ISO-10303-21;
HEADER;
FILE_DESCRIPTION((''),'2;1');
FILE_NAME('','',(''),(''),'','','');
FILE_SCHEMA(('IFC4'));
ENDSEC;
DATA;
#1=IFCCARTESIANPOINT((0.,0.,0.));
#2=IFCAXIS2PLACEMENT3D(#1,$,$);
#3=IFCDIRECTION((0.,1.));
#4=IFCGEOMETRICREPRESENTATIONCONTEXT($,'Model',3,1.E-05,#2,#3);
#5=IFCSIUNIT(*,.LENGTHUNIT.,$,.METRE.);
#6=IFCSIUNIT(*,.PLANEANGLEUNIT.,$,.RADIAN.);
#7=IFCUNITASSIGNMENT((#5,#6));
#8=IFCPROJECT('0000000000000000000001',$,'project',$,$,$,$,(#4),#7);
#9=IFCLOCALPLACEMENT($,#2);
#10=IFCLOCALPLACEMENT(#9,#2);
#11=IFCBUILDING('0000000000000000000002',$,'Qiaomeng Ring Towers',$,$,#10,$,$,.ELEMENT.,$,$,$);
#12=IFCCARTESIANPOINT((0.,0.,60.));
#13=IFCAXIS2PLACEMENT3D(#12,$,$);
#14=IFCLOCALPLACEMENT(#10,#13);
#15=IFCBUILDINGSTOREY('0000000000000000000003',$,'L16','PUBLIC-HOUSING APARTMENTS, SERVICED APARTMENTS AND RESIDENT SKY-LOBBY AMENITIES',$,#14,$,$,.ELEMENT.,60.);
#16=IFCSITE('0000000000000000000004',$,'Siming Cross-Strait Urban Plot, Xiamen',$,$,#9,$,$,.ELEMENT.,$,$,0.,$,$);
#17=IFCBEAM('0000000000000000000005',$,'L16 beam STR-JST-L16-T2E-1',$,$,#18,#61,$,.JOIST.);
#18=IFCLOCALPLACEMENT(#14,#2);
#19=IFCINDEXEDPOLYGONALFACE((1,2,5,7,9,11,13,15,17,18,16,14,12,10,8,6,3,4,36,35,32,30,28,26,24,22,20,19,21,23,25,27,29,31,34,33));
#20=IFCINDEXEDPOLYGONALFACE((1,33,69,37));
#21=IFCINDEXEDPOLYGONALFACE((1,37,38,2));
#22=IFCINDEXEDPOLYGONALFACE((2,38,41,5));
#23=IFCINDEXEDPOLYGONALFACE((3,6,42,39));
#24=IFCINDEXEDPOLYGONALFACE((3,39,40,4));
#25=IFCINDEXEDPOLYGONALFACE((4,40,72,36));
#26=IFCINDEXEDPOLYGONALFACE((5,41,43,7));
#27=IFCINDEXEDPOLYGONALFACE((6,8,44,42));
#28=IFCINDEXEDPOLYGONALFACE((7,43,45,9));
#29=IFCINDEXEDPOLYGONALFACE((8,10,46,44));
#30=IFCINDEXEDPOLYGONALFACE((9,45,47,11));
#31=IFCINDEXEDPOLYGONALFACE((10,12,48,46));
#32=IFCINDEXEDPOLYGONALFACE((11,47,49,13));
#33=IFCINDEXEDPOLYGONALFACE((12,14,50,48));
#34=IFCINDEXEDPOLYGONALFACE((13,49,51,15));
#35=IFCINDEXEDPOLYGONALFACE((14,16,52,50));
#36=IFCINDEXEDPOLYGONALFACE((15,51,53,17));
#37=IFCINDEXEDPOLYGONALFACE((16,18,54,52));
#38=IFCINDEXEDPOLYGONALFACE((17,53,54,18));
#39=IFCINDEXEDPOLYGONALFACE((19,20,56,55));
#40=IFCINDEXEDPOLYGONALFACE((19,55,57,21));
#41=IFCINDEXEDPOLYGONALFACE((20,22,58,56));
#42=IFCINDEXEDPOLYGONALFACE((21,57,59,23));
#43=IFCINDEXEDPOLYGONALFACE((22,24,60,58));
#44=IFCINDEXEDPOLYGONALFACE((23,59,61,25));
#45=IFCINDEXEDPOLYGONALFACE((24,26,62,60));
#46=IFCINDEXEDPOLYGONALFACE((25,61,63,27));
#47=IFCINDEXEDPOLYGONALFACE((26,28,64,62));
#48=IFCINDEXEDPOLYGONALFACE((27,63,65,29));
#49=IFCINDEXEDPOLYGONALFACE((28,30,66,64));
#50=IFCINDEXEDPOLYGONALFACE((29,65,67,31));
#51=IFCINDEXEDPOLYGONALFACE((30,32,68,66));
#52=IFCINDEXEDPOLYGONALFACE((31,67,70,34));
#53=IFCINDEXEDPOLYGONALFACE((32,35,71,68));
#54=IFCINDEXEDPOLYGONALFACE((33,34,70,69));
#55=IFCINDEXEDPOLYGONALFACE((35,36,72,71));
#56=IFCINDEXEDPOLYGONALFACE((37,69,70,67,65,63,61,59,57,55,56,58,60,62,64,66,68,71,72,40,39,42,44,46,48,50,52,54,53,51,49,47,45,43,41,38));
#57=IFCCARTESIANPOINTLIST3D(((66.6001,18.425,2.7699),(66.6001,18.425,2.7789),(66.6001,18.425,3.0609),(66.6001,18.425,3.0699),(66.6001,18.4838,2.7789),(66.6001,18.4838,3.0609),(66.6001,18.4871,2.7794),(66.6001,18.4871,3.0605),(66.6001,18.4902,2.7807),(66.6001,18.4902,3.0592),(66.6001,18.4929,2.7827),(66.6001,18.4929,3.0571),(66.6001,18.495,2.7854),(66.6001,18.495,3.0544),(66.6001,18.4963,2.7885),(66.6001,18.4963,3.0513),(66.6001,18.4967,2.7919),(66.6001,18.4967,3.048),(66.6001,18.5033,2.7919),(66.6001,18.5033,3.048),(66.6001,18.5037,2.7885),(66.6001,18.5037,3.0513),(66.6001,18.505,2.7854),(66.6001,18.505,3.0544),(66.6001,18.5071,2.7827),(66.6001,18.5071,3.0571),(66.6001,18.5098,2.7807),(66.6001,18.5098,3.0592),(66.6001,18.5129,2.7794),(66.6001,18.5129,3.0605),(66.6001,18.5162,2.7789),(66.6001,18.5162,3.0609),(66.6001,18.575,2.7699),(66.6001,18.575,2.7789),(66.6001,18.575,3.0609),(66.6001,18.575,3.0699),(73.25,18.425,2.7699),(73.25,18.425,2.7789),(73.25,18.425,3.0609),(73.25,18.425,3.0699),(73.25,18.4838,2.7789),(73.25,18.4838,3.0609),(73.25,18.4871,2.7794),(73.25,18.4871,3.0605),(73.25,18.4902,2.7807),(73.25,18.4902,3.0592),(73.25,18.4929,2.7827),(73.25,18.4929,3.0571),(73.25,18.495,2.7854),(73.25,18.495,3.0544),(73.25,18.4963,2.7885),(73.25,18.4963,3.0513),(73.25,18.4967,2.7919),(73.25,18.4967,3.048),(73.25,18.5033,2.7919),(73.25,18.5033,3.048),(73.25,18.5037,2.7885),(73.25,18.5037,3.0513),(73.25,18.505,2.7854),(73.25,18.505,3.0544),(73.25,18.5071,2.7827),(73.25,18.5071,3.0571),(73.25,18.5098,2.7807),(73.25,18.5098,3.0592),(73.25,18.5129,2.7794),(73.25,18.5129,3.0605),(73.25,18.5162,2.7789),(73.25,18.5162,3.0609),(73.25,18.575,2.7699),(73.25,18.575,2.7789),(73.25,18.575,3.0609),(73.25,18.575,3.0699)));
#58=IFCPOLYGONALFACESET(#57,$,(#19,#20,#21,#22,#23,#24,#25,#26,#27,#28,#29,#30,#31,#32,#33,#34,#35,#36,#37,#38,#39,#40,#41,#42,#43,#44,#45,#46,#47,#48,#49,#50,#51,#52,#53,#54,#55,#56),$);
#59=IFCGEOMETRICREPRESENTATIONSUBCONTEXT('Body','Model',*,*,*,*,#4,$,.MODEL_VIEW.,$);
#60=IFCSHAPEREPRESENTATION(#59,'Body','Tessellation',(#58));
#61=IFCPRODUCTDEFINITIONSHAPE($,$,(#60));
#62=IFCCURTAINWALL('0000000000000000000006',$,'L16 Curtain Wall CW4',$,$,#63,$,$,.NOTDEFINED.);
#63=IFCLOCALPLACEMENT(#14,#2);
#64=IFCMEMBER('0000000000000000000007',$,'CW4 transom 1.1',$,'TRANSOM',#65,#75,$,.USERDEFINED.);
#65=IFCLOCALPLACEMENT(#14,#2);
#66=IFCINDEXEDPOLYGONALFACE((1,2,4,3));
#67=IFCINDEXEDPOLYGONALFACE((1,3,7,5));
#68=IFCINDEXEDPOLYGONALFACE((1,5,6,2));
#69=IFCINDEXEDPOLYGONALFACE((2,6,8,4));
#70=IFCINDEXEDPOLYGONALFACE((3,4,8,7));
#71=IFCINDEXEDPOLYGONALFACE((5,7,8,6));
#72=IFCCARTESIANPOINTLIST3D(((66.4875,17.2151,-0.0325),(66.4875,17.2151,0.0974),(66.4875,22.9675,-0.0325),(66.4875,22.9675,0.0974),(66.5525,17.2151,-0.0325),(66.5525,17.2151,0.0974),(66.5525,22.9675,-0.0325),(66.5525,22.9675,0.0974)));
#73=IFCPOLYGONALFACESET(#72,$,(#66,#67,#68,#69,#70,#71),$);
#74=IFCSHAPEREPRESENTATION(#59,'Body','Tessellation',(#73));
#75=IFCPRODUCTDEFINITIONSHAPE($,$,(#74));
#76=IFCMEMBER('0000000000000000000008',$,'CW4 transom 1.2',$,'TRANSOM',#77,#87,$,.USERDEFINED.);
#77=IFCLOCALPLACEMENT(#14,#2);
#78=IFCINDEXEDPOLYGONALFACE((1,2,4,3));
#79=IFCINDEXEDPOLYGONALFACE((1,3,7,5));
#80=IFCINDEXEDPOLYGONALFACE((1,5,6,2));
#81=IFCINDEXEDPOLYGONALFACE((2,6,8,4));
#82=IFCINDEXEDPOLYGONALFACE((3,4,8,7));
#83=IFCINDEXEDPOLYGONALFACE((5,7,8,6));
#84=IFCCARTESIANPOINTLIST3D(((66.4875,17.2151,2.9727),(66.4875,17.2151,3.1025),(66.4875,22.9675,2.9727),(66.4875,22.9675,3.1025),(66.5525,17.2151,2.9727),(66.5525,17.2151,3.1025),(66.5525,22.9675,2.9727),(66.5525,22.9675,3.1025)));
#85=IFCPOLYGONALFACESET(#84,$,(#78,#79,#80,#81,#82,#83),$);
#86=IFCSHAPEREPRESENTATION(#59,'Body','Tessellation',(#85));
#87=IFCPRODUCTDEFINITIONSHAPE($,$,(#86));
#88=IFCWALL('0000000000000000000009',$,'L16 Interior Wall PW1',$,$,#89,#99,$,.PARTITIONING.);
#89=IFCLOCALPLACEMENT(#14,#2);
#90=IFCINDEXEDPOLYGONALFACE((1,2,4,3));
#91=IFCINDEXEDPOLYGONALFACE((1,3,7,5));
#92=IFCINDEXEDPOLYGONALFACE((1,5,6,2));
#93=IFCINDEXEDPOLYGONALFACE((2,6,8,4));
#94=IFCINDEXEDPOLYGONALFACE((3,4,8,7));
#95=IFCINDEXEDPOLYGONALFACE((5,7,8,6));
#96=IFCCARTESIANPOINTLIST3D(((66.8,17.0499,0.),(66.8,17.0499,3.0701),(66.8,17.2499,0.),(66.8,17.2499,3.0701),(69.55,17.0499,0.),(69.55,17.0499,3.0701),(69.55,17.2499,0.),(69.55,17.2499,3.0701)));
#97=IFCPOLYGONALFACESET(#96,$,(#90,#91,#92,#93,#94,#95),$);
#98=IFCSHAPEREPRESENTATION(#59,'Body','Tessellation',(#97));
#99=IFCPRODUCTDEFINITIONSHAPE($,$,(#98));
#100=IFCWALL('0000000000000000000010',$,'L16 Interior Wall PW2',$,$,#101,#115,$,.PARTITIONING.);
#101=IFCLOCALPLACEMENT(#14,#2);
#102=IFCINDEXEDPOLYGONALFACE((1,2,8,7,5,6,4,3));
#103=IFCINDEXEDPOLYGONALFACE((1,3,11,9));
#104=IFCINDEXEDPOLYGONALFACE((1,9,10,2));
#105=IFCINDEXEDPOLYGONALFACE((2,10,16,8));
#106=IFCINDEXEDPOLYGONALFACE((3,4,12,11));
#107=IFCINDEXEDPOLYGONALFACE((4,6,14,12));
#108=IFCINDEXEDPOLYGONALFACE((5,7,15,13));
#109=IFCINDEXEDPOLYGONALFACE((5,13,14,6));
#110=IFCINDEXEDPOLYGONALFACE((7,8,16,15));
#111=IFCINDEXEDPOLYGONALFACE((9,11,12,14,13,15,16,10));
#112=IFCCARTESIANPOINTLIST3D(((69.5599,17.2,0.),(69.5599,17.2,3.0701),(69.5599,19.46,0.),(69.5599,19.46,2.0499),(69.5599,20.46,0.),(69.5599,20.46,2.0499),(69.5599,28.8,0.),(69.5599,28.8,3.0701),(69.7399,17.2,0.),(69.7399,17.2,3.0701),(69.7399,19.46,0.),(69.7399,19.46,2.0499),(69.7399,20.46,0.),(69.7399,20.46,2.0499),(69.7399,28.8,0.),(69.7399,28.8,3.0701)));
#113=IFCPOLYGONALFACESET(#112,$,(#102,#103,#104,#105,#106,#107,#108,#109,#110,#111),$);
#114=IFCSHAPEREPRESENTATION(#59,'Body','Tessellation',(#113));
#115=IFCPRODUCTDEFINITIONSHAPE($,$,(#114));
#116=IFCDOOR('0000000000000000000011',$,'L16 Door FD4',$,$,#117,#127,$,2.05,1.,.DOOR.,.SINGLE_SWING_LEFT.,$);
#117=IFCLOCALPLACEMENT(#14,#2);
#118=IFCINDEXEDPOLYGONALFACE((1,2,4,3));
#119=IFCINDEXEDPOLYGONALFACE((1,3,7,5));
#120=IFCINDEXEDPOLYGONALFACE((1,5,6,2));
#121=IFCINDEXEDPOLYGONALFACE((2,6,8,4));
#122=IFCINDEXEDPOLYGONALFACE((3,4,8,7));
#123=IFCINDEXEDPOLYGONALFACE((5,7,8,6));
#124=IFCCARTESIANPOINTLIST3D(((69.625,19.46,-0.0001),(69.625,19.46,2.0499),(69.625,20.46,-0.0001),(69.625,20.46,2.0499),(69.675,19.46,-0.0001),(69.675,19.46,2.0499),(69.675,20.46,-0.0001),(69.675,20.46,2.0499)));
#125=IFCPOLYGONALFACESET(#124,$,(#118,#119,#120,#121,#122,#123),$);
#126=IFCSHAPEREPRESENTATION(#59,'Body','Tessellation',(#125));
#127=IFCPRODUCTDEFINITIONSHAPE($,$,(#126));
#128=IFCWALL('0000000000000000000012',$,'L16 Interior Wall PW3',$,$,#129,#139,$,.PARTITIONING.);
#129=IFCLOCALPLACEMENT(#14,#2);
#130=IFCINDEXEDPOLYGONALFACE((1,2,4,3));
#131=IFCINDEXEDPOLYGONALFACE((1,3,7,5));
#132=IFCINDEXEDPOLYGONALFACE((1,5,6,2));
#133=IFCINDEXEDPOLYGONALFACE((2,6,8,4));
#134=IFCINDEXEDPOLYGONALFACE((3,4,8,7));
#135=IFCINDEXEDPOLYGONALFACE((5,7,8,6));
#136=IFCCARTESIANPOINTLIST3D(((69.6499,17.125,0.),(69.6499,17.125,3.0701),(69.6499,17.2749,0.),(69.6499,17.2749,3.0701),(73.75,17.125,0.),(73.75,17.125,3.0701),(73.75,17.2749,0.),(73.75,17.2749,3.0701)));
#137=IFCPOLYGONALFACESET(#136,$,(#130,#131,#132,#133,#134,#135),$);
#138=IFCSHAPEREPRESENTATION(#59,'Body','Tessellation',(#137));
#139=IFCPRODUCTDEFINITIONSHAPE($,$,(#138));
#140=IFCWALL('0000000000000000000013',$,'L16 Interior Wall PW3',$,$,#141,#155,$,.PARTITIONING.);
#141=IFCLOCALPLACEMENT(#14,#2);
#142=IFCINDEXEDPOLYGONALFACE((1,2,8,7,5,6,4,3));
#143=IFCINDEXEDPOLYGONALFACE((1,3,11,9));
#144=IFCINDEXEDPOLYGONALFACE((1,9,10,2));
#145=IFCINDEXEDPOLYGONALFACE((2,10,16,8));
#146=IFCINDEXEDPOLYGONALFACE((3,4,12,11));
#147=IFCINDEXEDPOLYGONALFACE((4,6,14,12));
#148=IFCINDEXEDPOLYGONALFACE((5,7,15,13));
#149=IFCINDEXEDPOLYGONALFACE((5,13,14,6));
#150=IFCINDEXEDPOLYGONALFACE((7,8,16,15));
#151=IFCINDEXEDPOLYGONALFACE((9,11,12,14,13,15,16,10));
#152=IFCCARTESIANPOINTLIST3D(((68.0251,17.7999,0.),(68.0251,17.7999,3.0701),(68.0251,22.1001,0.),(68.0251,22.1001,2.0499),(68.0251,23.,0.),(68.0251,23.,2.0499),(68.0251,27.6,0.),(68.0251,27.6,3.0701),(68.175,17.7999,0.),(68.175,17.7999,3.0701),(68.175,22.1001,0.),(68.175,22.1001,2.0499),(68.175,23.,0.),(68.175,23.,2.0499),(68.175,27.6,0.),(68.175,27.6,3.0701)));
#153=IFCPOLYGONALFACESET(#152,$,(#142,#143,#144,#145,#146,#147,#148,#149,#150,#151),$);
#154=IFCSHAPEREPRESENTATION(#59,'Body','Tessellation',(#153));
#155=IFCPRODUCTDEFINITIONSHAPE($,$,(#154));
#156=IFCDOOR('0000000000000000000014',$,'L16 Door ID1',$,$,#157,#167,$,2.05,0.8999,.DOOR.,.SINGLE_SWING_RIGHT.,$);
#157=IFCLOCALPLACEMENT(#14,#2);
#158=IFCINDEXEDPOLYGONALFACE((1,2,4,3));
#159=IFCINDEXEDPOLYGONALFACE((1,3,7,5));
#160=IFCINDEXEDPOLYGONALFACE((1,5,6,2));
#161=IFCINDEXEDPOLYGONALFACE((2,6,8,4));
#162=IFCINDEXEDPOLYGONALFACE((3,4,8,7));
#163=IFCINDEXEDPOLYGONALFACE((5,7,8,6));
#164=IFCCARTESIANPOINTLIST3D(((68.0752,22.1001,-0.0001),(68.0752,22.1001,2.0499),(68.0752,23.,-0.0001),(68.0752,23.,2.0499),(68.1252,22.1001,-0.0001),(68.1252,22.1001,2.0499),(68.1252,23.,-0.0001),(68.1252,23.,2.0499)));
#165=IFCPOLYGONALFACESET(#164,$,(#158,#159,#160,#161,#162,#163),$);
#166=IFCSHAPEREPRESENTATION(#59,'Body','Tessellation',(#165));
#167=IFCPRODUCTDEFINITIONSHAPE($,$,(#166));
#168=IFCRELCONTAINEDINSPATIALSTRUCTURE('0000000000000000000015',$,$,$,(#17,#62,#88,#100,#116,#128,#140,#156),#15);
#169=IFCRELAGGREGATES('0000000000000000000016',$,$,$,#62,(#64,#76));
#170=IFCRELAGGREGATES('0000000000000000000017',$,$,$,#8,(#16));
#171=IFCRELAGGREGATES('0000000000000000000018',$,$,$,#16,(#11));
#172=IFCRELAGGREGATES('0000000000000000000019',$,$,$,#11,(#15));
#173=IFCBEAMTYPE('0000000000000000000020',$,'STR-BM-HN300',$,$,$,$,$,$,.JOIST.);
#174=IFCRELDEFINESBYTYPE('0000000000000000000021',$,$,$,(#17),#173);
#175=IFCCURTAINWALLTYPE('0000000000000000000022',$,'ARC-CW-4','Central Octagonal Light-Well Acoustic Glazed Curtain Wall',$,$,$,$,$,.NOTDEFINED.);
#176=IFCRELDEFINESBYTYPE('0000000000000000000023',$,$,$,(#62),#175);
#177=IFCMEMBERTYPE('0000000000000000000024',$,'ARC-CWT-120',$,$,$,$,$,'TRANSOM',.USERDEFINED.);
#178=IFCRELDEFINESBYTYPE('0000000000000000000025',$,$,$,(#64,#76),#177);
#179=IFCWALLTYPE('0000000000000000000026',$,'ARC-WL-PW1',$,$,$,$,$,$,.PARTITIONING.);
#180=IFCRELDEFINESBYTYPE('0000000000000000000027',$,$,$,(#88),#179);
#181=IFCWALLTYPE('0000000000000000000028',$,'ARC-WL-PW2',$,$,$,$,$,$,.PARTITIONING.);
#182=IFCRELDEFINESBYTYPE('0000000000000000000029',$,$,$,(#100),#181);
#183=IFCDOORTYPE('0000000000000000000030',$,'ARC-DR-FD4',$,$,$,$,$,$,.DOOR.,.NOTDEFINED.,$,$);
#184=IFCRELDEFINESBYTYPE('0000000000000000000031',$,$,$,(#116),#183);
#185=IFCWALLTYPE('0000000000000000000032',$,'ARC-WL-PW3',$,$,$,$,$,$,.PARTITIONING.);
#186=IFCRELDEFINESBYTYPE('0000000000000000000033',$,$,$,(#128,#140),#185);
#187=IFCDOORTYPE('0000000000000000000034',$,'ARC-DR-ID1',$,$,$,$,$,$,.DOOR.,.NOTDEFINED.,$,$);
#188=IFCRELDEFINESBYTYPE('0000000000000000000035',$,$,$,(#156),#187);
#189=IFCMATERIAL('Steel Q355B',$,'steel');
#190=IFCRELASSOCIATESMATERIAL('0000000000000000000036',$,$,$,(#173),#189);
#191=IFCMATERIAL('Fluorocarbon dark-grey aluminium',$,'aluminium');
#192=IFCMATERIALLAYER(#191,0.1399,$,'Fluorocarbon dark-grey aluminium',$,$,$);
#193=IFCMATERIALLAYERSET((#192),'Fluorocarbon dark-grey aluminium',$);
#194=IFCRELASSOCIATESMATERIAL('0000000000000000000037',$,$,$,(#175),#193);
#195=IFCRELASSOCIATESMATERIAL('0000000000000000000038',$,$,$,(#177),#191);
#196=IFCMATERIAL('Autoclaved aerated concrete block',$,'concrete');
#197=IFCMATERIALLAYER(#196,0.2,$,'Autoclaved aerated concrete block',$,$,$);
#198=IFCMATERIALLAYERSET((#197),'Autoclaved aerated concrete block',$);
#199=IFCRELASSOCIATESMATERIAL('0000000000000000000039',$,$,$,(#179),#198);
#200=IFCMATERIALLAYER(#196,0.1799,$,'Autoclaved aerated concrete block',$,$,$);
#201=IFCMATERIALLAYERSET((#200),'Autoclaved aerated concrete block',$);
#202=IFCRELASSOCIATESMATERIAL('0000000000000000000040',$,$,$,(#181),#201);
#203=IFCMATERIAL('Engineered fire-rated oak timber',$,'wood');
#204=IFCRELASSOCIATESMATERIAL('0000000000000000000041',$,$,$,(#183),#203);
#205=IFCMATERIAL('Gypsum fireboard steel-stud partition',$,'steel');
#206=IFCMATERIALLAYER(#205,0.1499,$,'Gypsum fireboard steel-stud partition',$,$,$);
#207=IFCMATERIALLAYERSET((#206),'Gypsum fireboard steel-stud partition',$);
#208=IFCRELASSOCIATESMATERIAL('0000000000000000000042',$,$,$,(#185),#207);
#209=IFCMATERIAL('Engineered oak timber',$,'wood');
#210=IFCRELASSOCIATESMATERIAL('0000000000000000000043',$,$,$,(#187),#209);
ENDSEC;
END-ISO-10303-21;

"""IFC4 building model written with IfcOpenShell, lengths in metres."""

from ifc_helpers import new_model, si_unit, direction, frame, frame_2d, origin, origin_2d, place, context, subcontext, project, spatial, rectangle, i_section, extrude, source, transform, mapped, material, layer, layer_set, material_profile, profile_set, type_object, element, fill, aggregate, save


model = new_model("IFC4")

# Units and contexts
model_context = context("Model", 3, precision=1e-05, world=origin(), true_north=direction((0.0, 1.0)))
body_context = subcontext(model_context, "Body", "Model", "MODEL_VIEW")
ifc_project = project(units=[si_unit("LENGTHUNIT", "METRE"), si_unit("PLANEANGLEUNIT", "RADIAN")], contexts=[model_context])

# Site, building, storey
site_placement = place(None, origin())
site = spatial("IfcSite", under=ifc_project, at=site_placement, Name="Siming Cross-Strait Urban Plot, Xiamen", CompositionType="ELEMENT", RefElevation=0.0)
building_placement = place(site_placement, origin())
building = spatial("IfcBuilding", under=site, at=building_placement, Name="Qiaomeng Ring Towers", CompositionType="ELEMENT")
storey_placement = place(building_placement, frame((0.0, 0.0, 60.0)))
storey = spatial("IfcBuildingStorey", under=building, at=storey_placement, Name="L16", Description="PUBLIC-HOUSING APARTMENTS, SERVICED APARTMENTS AND RESIDENT SKY-LOBBY AMENITIES", CompositionType="ELEMENT", Elevation=60.0)

# Beam
ifc_material_1 = material(Name="Steel Q355B", Category="steel")
ifc_material_profile_1 = material_profile(ifc_material_1, i_section(OverallWidth=0.1499, OverallDepth=0.3, WebThickness=0.0066, FlangeThickness=0.009, FilletRadius=0.0129, at=origin_2d()), Name="HN 300x150x6.5x9")
ifc_profile_set_1 = profile_set([ifc_material_profile_1], Name="Steel Q355B")
beam_type_1 = type_object("IfcBeamType", Name="STR-BM-HN300", PredefinedType="JOIST", material=ifc_profile_set_1)
shared_shape_1 = source(origin(), body_context, "Body", "SweptSolid", [
    extrude(i_section(OverallWidth=0.1499, OverallDepth=0.3, WebThickness=0.0066, FlangeThickness=0.009, FilletRadius=0.0129, at=origin_2d()), origin(), (0.0, 0.0, 1.0), 6.6499),
])
beam_1_placement = place(storey_placement, frame((66.6001, 18.5, 2.9199), z_axis=(1.0, 0.0, 0.0), x_axis=(0.0, 1.0, 0.0)))
element("IfcBeam", 1, at=beam_1_placement, inside=storey, type_object=beam_type_1, Name="L16 beam STR-JST-L16-T2E-1", PredefinedType="JOIST", context=body_context, shape_type="MappedRepresentation", body=[
    mapped(shared_shape_1, transform((0.0, 0.0, 0.0), x_axis=(1.0, 0.0, 0.0), y_axis=(0.0, 1.0, 0.0), z_axis=(0.0, 0.0, 1.0), scale=1.0)),
])

# Curtain wall, members
ifc_material_2 = material(Name="Fluorocarbon dark-grey aluminium", Category="aluminium")
ifc_layer_1 = layer(ifc_material_2, 0.1399, Name="Fluorocarbon dark-grey aluminium")
ifc_layer_set_1 = layer_set([ifc_layer_1], Name="Fluorocarbon dark-grey aluminium")
curtain_wall_type = type_object("IfcCurtainWallType", Name="ARC-CW-4", Description="Central Octagonal Light-Well Acoustic Glazed Curtain Wall", PredefinedType="NOTDEFINED", material=ifc_layer_set_1)
curtain_wall_placement = place(storey_placement, origin())
curtain_wall = element("IfcCurtainWall", 2, at=curtain_wall_placement, inside=storey, type_object=curtain_wall_type, Name="L16 Curtain Wall CW4", PredefinedType="NOTDEFINED")
ifc_material_profile_2 = material_profile(ifc_material_2, rectangle(XDim=0.0649, YDim=0.1299, at=origin_2d()), Name="ALU TRAN 65x130")
ifc_profile_set_2 = profile_set([ifc_material_profile_2], Name="Fluorocarbon dark-grey aluminium")
member_type = type_object("IfcMemberType", Name="ARC-CWT-120", ElementType="TRANSOM", PredefinedType="USERDEFINED", material=ifc_profile_set_2)
shared_shape_2 = source(origin(), body_context, "Body", "SweptSolid", [
    extrude(rectangle(XDim=0.0649, YDim=0.1299, at=origin_2d()), origin(), (0.0, 0.0, 1.0), 5.7524),
])
member_1_placement = place(storey_placement, frame((66.52, 17.2151, 0.0325), z_axis=(0.0, 1.0, 0.0), x_axis=(-1.0, 0.0, 0.0)))
member_1 = element("IfcMember", 3, at=member_1_placement, type_object=member_type, Name="CW4 transom 1.1", ObjectType="TRANSOM", PredefinedType="USERDEFINED", context=body_context, shape_type="MappedRepresentation", body=[
    mapped(shared_shape_2, transform((0.0, 0.0, 0.0), x_axis=(1.0, 0.0, 0.0), y_axis=(0.0, 1.0, 0.0), z_axis=(0.0, 0.0, 1.0), scale=1.0)),
])
member_2_placement = place(storey_placement, frame((66.52, 17.2151, 3.0376), z_axis=(0.0, 1.0, 0.0), x_axis=(-1.0, 0.0, 0.0)))
member_2 = element("IfcMember", 4, at=member_2_placement, type_object=member_type, Name="CW4 transom 1.2", ObjectType="TRANSOM", PredefinedType="USERDEFINED", context=body_context, shape_type="MappedRepresentation", body=[
    mapped(shared_shape_2, transform((0.0, 0.0, 0.0), x_axis=(1.0, 0.0, 0.0), y_axis=(0.0, 1.0, 0.0), z_axis=(0.0, 0.0, 1.0), scale=1.0)),
])
aggregate(curtain_wall, [member_1, member_2])

# Wall
ifc_material_3 = material(Name="Autoclaved aerated concrete block", Category="concrete")
ifc_layer_2 = layer(ifc_material_3, 0.2, Name="Autoclaved aerated concrete block")
ifc_layer_set_2 = layer_set([ifc_layer_2], Name="Autoclaved aerated concrete block")
wall_type_1 = type_object("IfcWallType", Name="ARC-WL-PW1", PredefinedType="PARTITIONING", material=ifc_layer_set_2)
wall_1_placement = place(storey_placement, frame((66.8, 17.1499, 0.0), z_axis=(0.0, 0.0, 1.0), x_axis=(1.0, 0.0, 0.0)))
element("IfcWall", 5, at=wall_1_placement, inside=storey, type_object=wall_type_1, Name="L16 Interior Wall PW1", PredefinedType="PARTITIONING", context=body_context, shape_type="SweptSolid", body=[
    extrude(rectangle(XDim=2.75, YDim=0.2, at=frame_2d((1.375, 0.0))), origin(), (0.0, 0.0, 1.0), 3.0701),
])

# Wall, opening, door
ifc_layer_3 = layer(ifc_material_3, 0.1799, Name="Autoclaved aerated concrete block")
ifc_layer_set_3 = layer_set([ifc_layer_3], Name="Autoclaved aerated concrete block")
wall_type_2 = type_object("IfcWallType", Name="ARC-WL-PW2", PredefinedType="PARTITIONING", material=ifc_layer_set_3)
wall_2_placement = place(storey_placement, frame((69.6499, 17.2, 0.0), z_axis=(0.0, 0.0, 1.0), x_axis=(0.0, 1.0, 0.0)))
wall_2 = element("IfcWall", 6, at=wall_2_placement, inside=storey, type_object=wall_type_2, Name="L16 Interior Wall PW2", PredefinedType="PARTITIONING", context=body_context, shape_type="SweptSolid", body=[
    extrude(rectangle(XDim=11.6001, YDim=0.1799, at=frame_2d((5.8, 0.0))), origin(), (0.0, 0.0, 1.0), 3.0701),
])
opening_1_placement = place(wall_2_placement, frame((2.26, 0.0, 0.0)))
opening_1 = element("IfcOpeningElement", 7, at=opening_1_placement, cuts=wall_2, PredefinedType="OPENING", context=body_context, shape_type="SweptSolid", body=[
    extrude(rectangle(XDim=1.0, YDim=2.05, at=frame_2d((0.5, 1.0249))), frame((0.0, 0.0999, 0.0), z_axis=(0.0, -1.0, 0.0), x_axis=(1.0, 0.0, 0.0)), (0.0, 0.0, 1.0), 0.2),
])
ifc_material_4 = material(Name="Engineered fire-rated oak timber", Category="wood")
door_type_1 = type_object("IfcDoorType", Name="ARC-DR-FD4", OperationType="NOTDEFINED", PredefinedType="DOOR", material=ifc_material_4)
shared_shape_3 = source(origin(), body_context, "Body", "SweptSolid", [
    extrude(rectangle(XDim=1.0, YDim=2.05, at=frame_2d((0.5, 1.0249))), frame((0.0, 0.0249, 0.0), z_axis=(0.0, -1.0, 0.0), x_axis=(1.0, 0.0, 0.0)), (0.0, 0.0, 1.0), 0.05),
])
door_1_placement = place(opening_1_placement, origin())
door_1 = element("IfcDoor", 8, at=door_1_placement, inside=storey, type_object=door_type_1, Name="L16 Door FD4", OperationType="SINGLE_SWING_LEFT", OverallHeight=2.05, OverallWidth=1.0, PredefinedType="DOOR", context=body_context, shape_type="MappedRepresentation", body=[
    mapped(shared_shape_3, transform((0.0, 0.0, 0.0), x_axis=(1.0, 0.0, 0.0), y_axis=(0.0, 1.0, 0.0), z_axis=(0.0, 0.0, 1.0), scale=1.0)),
])
fill(opening_1, door_1)

# Wall
ifc_material_5 = material(Name="Gypsum fireboard steel-stud partition", Category="steel")
ifc_layer_4 = layer(ifc_material_5, 0.1499, Name="Gypsum fireboard steel-stud partition")
ifc_layer_set_4 = layer_set([ifc_layer_4], Name="Gypsum fireboard steel-stud partition")
wall_type_3 = type_object("IfcWallType", Name="ARC-WL-PW3", PredefinedType="PARTITIONING", material=ifc_layer_set_4)
wall_3_placement = place(storey_placement, frame((69.6499, 17.2, 0.0), z_axis=(0.0, 0.0, 1.0), x_axis=(1.0, 0.0, 0.0)))
element("IfcWall", 9, at=wall_3_placement, inside=storey, type_object=wall_type_3, Name="L16 Interior Wall PW3", PredefinedType="PARTITIONING", context=body_context, shape_type="SweptSolid", body=[
    extrude(rectangle(XDim=4.1001, YDim=0.1499, at=frame_2d((2.05, 0.0))), origin(), (0.0, 0.0, 1.0), 3.0701),
])

# Wall, opening, door
wall_4_placement = place(storey_placement, frame((68.1001, 17.8, 0.0), z_axis=(0.0, 0.0, 1.0), x_axis=(0.0, 1.0, 0.0)))
wall_4 = element("IfcWall", 10, at=wall_4_placement, inside=storey, type_object=wall_type_3, Name="L16 Interior Wall PW3", PredefinedType="PARTITIONING", context=body_context, shape_type="SweptSolid", body=[
    extrude(rectangle(XDim=9.8, YDim=0.1499, at=frame_2d((4.8999, 0.0))), origin(), (0.0, 0.0, 1.0), 3.0701),
])
opening_2_placement = place(wall_4_placement, frame((4.3, 0.0, 0.0)))
opening_2 = element("IfcOpeningElement", 11, at=opening_2_placement, cuts=wall_4, PredefinedType="OPENING", context=body_context, shape_type="SweptSolid", body=[
    extrude(rectangle(XDim=0.8999, YDim=2.05, at=frame_2d((0.45, 1.0249))), frame((0.0, 0.085, 0.0), z_axis=(0.0, -1.0, 0.0), x_axis=(1.0, 0.0, 0.0)), (0.0, 0.0, 1.0), 0.1699),
])
ifc_material_6 = material(Name="Engineered oak timber", Category="wood")
door_type_2 = type_object("IfcDoorType", Name="ARC-DR-ID1", OperationType="NOTDEFINED", PredefinedType="DOOR", material=ifc_material_6)
shared_shape_4 = source(origin(), body_context, "Body", "SweptSolid", [
    extrude(rectangle(XDim=0.8999, YDim=2.05, at=frame_2d((0.45, 1.0249))), frame((0.0, 0.0249, 0.0), z_axis=(0.0, -1.0, 0.0), x_axis=(1.0, 0.0, 0.0)), (0.0, 0.0, 1.0), 0.05),
])
door_2_placement = place(opening_2_placement, origin())
door_2 = element("IfcDoor", 12, at=door_2_placement, inside=storey, type_object=door_type_2, Name="L16 Door ID1", OperationType="SINGLE_SWING_RIGHT", OverallHeight=2.05, OverallWidth=0.8999, PredefinedType="DOOR", context=body_context, shape_type="MappedRepresentation", body=[
    mapped(shared_shape_4, transform((0.0, 0.0, 0.0), x_axis=(1.0, 0.0, 0.0), y_axis=(0.0, 1.0, 0.0), z_axis=(0.0, 0.0, 1.0), scale=1.0)),
])
fill(opening_2, door_2)

save(model, "model.ifc")
